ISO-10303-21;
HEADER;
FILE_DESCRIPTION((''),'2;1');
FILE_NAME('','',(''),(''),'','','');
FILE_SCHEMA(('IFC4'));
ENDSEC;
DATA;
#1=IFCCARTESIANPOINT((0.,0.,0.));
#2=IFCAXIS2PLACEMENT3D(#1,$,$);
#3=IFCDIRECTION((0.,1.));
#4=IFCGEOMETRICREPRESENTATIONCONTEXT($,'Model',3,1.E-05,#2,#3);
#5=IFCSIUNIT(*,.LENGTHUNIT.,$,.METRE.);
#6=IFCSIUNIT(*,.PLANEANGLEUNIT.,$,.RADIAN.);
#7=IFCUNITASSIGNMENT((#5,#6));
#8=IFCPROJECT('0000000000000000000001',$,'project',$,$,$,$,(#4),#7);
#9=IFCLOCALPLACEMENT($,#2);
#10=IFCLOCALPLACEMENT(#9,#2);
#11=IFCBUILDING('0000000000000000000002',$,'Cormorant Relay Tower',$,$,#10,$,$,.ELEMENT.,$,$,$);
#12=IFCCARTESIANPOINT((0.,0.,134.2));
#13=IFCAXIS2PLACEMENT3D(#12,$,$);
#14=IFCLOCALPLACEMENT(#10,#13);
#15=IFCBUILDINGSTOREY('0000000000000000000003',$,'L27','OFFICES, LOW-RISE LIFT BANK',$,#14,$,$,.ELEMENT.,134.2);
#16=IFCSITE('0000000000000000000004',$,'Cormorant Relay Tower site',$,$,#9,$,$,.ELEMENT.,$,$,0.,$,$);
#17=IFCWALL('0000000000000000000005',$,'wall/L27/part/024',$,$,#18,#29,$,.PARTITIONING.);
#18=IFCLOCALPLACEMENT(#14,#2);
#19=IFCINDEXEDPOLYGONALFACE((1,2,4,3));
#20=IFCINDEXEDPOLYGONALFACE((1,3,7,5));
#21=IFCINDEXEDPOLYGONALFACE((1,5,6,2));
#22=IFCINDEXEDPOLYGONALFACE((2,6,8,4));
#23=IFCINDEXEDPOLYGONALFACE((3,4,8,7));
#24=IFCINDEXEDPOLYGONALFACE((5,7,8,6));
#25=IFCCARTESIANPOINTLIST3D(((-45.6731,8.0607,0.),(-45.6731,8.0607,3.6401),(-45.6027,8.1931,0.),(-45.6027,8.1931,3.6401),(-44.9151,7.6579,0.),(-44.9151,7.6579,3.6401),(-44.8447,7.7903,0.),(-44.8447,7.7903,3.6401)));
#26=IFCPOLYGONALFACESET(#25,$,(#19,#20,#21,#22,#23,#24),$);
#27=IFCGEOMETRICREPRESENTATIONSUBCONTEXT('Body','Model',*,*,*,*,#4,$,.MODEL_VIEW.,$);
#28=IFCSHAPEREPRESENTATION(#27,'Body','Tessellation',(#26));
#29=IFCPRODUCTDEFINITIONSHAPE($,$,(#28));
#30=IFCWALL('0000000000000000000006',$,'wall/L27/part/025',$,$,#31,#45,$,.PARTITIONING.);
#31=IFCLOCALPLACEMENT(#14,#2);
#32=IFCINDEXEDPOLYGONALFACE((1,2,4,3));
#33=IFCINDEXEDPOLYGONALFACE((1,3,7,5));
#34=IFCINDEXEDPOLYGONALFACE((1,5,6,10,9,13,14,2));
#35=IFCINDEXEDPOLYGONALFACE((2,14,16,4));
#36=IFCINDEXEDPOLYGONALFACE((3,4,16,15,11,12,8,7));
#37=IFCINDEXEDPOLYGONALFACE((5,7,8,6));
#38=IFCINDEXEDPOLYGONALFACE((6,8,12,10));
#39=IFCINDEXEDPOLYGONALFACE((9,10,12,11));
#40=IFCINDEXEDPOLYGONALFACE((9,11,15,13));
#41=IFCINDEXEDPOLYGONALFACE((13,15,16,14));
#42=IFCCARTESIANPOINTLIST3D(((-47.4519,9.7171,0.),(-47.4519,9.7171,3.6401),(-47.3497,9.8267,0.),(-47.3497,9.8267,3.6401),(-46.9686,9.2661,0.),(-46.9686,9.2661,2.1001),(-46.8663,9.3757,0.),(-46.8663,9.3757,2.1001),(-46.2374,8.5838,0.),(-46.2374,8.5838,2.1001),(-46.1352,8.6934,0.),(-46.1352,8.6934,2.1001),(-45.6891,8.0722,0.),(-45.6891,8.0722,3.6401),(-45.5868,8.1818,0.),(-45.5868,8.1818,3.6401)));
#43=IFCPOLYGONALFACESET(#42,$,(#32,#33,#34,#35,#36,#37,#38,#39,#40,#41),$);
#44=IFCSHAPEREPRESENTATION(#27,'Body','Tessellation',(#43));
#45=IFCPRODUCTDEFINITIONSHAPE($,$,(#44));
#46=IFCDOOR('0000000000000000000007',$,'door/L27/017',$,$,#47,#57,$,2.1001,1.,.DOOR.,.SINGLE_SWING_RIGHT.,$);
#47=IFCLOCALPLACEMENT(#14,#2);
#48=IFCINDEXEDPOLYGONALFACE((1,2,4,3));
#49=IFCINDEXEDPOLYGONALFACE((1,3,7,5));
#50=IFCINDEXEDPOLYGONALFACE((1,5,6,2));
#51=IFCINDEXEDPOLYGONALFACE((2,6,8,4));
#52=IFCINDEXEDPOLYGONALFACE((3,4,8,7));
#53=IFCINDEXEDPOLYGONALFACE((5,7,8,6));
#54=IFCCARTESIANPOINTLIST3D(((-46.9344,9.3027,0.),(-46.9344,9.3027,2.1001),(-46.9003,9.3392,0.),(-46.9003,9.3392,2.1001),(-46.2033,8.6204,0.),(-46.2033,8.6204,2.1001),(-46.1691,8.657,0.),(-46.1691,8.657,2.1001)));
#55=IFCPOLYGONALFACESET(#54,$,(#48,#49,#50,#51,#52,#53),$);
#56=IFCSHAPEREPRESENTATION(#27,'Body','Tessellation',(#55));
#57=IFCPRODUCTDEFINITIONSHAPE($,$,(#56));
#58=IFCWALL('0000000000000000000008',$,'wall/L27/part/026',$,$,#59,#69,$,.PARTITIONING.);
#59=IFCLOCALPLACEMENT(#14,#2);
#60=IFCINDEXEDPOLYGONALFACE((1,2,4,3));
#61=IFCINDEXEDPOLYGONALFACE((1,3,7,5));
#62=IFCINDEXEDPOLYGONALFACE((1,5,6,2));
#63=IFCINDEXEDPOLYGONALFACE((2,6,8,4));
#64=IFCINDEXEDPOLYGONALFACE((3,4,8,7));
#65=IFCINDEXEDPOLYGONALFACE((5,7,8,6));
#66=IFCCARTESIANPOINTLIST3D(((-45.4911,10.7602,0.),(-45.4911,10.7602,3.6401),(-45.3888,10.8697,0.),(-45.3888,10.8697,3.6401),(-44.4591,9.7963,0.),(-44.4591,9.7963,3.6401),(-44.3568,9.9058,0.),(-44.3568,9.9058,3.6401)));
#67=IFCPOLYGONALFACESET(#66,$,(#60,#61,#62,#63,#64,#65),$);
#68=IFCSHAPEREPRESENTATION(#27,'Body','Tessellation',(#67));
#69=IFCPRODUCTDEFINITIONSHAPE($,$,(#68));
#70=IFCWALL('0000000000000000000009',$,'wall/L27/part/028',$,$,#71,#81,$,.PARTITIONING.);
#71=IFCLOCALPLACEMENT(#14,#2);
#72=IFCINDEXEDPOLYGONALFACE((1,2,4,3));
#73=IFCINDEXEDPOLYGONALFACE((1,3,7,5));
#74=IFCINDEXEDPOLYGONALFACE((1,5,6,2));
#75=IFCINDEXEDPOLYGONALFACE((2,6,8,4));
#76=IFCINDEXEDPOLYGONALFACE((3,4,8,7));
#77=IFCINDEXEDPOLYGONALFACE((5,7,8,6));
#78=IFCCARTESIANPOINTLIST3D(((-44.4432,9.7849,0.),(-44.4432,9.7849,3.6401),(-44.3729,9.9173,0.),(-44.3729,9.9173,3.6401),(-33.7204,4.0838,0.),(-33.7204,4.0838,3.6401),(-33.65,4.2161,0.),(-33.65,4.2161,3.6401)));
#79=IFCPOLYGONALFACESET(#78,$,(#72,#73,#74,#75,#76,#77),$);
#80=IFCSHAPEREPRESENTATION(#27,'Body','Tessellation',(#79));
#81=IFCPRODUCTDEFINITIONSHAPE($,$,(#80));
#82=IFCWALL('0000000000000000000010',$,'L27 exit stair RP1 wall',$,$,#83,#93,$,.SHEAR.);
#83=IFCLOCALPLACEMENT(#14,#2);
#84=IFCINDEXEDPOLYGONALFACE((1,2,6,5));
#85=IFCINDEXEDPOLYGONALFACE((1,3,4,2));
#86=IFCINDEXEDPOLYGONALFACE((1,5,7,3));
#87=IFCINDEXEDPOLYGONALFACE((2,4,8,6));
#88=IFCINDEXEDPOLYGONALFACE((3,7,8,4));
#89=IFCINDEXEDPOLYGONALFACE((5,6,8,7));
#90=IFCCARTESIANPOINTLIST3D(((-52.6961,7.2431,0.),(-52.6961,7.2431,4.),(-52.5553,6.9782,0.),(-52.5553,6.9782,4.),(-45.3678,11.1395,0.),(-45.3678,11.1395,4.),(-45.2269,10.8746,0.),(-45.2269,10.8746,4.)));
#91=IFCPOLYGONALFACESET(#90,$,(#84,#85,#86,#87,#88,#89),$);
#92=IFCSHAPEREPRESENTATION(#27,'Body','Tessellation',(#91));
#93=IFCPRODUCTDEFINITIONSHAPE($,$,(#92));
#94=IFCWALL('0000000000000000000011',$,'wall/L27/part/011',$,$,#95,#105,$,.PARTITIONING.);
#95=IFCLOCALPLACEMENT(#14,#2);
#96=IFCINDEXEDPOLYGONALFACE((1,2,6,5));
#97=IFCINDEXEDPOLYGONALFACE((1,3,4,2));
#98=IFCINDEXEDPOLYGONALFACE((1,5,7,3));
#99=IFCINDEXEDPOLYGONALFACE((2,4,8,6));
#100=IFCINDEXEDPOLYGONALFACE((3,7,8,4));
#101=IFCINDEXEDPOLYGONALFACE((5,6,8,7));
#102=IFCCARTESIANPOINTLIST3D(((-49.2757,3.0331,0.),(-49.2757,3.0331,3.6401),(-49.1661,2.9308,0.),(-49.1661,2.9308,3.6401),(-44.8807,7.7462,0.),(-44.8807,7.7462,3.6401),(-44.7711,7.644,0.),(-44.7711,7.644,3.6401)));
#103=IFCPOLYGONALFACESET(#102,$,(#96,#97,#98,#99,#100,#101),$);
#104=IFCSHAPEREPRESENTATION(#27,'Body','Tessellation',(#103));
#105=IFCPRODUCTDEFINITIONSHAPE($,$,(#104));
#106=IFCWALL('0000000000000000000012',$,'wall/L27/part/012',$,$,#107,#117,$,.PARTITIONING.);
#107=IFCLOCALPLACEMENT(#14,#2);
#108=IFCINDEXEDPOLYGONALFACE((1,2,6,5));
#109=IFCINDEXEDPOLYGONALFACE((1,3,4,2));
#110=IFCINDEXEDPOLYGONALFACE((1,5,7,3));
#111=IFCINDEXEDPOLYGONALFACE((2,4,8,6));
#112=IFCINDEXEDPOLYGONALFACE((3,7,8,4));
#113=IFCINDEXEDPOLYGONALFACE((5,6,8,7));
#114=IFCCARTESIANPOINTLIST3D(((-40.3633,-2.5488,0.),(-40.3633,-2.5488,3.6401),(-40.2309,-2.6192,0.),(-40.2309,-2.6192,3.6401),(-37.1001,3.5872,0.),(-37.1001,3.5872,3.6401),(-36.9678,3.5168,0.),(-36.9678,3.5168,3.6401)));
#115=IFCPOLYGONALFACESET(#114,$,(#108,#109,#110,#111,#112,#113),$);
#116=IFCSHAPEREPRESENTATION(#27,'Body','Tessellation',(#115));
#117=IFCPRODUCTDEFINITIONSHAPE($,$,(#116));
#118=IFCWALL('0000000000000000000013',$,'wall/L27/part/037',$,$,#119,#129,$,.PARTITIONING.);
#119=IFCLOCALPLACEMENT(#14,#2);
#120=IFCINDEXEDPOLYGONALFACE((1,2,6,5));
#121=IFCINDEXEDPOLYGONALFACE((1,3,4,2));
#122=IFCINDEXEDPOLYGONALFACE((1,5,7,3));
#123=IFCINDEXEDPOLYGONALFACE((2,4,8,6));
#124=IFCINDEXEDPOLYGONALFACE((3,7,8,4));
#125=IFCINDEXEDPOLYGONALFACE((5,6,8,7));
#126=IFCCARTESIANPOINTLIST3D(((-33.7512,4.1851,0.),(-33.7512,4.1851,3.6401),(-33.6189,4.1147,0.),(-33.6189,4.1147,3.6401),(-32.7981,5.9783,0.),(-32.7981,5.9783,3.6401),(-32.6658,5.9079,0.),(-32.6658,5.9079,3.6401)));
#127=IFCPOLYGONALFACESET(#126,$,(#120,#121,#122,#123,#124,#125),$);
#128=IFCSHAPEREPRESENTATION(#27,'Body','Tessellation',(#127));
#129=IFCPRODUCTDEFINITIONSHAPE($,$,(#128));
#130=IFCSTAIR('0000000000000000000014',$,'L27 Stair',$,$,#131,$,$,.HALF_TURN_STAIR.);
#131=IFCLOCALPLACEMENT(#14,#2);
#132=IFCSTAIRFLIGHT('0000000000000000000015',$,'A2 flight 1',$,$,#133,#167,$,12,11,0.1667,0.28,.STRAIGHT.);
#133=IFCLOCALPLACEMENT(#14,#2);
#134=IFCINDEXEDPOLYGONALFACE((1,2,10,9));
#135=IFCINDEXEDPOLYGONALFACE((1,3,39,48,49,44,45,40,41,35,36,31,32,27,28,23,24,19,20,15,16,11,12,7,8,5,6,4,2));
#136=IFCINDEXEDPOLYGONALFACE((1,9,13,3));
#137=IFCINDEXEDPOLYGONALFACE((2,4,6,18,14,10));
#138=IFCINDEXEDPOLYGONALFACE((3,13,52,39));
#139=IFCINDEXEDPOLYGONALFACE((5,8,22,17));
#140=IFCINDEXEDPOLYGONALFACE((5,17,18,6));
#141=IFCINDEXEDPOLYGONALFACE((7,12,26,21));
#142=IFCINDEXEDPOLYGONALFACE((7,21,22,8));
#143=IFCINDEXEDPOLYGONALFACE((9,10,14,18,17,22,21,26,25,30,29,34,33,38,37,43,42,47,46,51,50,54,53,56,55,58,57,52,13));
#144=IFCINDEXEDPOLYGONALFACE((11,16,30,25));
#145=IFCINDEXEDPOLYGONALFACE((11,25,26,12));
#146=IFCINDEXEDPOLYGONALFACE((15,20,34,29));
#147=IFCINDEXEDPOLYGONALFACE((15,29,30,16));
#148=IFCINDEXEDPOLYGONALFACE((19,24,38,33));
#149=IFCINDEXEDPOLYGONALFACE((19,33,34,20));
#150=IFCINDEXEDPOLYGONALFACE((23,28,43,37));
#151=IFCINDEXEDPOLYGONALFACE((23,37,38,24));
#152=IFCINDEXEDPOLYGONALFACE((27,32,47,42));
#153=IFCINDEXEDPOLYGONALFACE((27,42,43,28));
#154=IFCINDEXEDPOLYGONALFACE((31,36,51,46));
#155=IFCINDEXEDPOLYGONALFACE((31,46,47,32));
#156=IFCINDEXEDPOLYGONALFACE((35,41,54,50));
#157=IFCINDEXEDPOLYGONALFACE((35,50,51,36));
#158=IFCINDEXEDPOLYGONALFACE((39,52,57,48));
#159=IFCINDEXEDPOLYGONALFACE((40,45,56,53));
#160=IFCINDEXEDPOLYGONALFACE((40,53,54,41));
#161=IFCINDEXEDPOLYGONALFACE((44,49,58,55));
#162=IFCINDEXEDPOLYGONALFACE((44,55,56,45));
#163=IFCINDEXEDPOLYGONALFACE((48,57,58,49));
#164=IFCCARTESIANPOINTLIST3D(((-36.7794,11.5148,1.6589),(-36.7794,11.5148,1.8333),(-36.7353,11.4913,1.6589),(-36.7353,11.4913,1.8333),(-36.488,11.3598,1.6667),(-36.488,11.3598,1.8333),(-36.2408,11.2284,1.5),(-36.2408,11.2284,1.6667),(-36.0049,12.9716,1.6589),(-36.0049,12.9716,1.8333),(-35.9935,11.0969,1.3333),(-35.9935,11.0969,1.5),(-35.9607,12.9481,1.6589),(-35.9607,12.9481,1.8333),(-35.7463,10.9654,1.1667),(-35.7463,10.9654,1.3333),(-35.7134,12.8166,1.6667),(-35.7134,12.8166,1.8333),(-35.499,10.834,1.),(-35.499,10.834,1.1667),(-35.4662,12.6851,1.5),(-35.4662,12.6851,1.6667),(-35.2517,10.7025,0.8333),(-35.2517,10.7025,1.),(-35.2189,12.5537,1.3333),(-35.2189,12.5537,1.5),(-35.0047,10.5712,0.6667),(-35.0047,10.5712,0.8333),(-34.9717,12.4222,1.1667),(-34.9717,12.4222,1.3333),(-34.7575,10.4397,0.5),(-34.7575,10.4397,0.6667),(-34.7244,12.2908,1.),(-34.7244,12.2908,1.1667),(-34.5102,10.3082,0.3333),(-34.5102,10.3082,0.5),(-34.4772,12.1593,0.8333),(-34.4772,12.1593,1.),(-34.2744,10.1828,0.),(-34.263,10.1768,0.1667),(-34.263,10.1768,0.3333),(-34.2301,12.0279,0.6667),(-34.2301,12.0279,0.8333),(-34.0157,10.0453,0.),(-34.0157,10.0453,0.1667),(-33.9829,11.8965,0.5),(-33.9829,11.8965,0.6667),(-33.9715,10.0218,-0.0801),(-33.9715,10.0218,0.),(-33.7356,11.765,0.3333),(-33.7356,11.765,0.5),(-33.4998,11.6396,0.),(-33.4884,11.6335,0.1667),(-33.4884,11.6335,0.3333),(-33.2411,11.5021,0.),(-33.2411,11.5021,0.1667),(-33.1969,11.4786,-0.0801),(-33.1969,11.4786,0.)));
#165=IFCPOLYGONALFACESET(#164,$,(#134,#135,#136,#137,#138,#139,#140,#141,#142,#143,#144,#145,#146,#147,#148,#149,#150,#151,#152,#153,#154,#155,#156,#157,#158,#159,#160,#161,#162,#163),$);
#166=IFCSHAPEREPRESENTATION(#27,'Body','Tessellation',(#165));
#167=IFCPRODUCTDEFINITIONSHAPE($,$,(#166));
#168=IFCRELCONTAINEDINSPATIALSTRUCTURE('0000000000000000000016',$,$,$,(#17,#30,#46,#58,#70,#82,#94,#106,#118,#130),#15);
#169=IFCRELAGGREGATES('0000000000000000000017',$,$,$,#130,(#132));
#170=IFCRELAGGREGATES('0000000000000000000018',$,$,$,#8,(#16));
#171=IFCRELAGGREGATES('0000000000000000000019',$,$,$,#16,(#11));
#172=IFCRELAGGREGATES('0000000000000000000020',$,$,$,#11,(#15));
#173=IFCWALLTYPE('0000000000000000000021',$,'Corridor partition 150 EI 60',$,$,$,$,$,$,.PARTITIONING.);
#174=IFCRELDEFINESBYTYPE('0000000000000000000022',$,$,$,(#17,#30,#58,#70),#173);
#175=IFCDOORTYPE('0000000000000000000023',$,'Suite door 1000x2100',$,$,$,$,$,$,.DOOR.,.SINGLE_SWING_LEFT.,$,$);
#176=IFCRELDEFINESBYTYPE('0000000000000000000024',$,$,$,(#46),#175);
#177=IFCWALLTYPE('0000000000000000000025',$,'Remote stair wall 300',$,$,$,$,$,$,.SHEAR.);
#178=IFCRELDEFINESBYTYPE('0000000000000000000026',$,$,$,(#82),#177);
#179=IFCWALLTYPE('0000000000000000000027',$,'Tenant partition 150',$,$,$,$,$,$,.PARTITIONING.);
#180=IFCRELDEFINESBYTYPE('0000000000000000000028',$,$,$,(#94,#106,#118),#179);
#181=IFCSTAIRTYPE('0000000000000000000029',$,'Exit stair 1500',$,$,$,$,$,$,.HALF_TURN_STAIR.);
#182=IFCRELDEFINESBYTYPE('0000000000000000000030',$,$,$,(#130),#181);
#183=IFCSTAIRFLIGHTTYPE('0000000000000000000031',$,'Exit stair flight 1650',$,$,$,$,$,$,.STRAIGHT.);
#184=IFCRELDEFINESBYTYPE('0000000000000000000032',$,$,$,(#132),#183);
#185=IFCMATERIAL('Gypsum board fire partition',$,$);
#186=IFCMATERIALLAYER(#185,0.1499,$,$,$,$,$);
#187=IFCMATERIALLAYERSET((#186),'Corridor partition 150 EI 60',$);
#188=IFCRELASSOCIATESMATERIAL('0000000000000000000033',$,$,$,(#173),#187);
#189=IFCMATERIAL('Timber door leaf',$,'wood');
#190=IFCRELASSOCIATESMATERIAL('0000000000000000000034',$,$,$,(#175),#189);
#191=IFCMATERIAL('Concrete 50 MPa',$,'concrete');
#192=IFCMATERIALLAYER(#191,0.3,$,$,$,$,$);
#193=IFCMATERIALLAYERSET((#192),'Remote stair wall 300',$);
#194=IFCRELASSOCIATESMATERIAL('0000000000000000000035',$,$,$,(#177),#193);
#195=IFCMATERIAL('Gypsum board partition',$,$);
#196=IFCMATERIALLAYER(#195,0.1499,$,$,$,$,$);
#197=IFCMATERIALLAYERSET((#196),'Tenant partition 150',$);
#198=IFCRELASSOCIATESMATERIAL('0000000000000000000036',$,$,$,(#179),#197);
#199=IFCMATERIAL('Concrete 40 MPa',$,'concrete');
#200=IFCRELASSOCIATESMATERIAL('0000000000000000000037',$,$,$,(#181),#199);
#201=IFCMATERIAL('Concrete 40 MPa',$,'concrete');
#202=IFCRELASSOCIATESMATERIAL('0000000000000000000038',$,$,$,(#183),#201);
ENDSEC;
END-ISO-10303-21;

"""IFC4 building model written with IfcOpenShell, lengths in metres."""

from ifc_helpers import new_model, si_unit, direction, frame, frame_2d, origin, place, context, subcontext, project, spatial, polyline, rectangle, outline, extrude, material, layer, layer_set, type_object, element, fill, aggregate, save


model = new_model("IFC4")

# Units and contexts
model_context = context("Model", 3, precision=1e-05, world=origin(), true_north=direction((0.0, 1.0)))
body_context = subcontext(model_context, "Body", "Model", "MODEL_VIEW")
ifc_project = project(units=[si_unit("LENGTHUNIT", "METRE"), si_unit("PLANEANGLEUNIT", "RADIAN")], contexts=[model_context])

# Site, building, storey
site_placement = place(None, origin())
site = spatial("IfcSite", under=ifc_project, at=site_placement, Name="Cormorant Relay Tower site", CompositionType="ELEMENT", RefElevation=0.0)
building_placement = place(site_placement, origin())
building = spatial("IfcBuilding", under=site, at=building_placement, Name="Cormorant Relay Tower", CompositionType="ELEMENT")
storey_placement = place(building_placement, frame((0.0, 0.0, 134.2)))
storey = spatial("IfcBuildingStorey", under=building, at=storey_placement, Name="L27", Description="OFFICES, LOW-RISE LIFT BANK", CompositionType="ELEMENT", Elevation=134.2)

# Wall
ifc_material_1 = material(Name="Gypsum board fire partition")
ifc_layer_1 = layer(ifc_material_1, 0.1499)
ifc_layer_set_1 = layer_set([ifc_layer_1], Name="Corridor partition 150 EI 60")
wall_type_1 = type_object("IfcWallType", Name="Corridor partition 150 EI 60", PredefinedType="PARTITIONING", material=ifc_layer_set_1)
wall_1_placement = place(storey_placement, frame((-44.8799, 7.7241, 0.0), z_axis=(0.0, 0.0, 1.0), x_axis=(-0.88306, 0.469259, 0.0)))
element("IfcWall", 1, at=wall_1_placement, inside=storey, type_object=wall_type_1, Name="wall/L27/part/024", PredefinedType="PARTITIONING", context=body_context, shape_type="SweptSolid", body=[
    extrude(rectangle(XDim=0.8584, YDim=0.1499, at=frame_2d((0.4292, 0.0))), origin(), (0.0, 0.0, 1.0), 3.6401),
])

# Wall, opening, door
wall_2_placement = place(storey_placement, frame((-45.6379, 8.127, 0.0), z_axis=(0.0, 0.0, 1.0), x_axis=(-0.731136, 0.682232, 0.0)))
wall_2 = element("IfcWall", 2, at=wall_2_placement, inside=storey, type_object=wall_type_1, Name="wall/L27/part/025", PredefinedType="PARTITIONING", context=body_context, shape_type="SweptSolid", body=[
    extrude(rectangle(XDim=2.4111, YDim=0.1499, at=frame_2d((1.2056, 0.0))), origin(), (0.0, 0.0, 1.0), 3.6401),
])
opening_placement = place(wall_2_placement, frame((0.75, 0.0, 0.0)))
opening = element("IfcOpeningElement", 3, at=opening_placement, cuts=wall_2, PredefinedType="OPENING", context=body_context, shape_type="SweptSolid", body=[
    extrude(rectangle(XDim=1.0, YDim=2.1001, at=frame_2d((0.5, 1.05))), frame((0.0, 0.085, 0.0), z_axis=(0.0, -1.0, 0.0), x_axis=(1.0, 0.0, 0.0)), (0.0, 0.0, 1.0), 0.1699),
])
ifc_material_2 = material(Name="Timber door leaf", Category="wood")
door_type = type_object("IfcDoorType", Name="Suite door 1000x2100", OperationType="SINGLE_SWING_LEFT", PredefinedType="DOOR", material=ifc_material_2)
door_placement = place(opening_placement, origin())
door = element("IfcDoor", 4, at=door_placement, inside=storey, type_object=door_type, Name="door/L27/017", OperationType="SINGLE_SWING_RIGHT", OverallHeight=2.1001, OverallWidth=1.0, PredefinedType="DOOR", context=body_context, shape_type="SweptSolid", body=[
    extrude(rectangle(XDim=1.0, YDim=2.1001, at=frame_2d((0.5, 1.05))), frame((0.0, 0.0249, 0.0), z_axis=(0.0, -1.0, 0.0), x_axis=(1.0, 0.0, 0.0)), (0.0, 0.0, 1.0), 0.05),
])
fill(opening, door)

# Walls
wall_3_placement = place(storey_placement, frame((-44.408, 9.8511, 0.0), z_axis=(0.0, 0.0, 1.0), x_axis=(-0.730814, 0.682577, 0.0)))
element("IfcWall", 5, at=wall_3_placement, inside=storey, type_object=wall_type_1, Name="wall/L27/part/026", PredefinedType="PARTITIONING", context=body_context, shape_type="SweptSolid", body=[
    extrude(rectangle(XDim=1.4121, YDim=0.1499, at=frame_2d((0.7061, 0.0))), origin(), (0.0, 0.0, 1.0), 3.6401),
])
wall_4_placement = place(storey_placement, frame((-33.6851, 4.1499, 0.0), z_axis=(0.0, 0.0, 1.0), x_axis=(-0.882958, 0.469453, 0.0)))
element("IfcWall", 6, at=wall_4_placement, inside=storey, type_object=wall_type_1, Name="wall/L27/part/028", PredefinedType="PARTITIONING", context=body_context, shape_type="SweptSolid", body=[
    extrude(rectangle(XDim=12.1443, YDim=0.1499, at=frame_2d((6.0723, 0.0))), origin(), (0.0, 0.0, 1.0), 3.6401),
])
ifc_material_3 = material(Name="Concrete 50 MPa", Category="concrete")
ifc_layer_2 = layer(ifc_material_3, 0.3)
ifc_layer_set_2 = layer_set([ifc_layer_2], Name="Remote stair wall 300")
wall_type_2 = type_object("IfcWallType", Name="Remote stair wall 300", PredefinedType="SHEAR", material=ifc_layer_set_2)
wall_5_placement = place(storey_placement, frame((-45.2974, 11.0071, 0.0), z_axis=(0.0, 0.0, 1.0), x_axis=(-0.882952, -0.469464, 0.0)))
element("IfcWall", 7, at=wall_5_placement, inside=storey, type_object=wall_type_2, Name="L27 exit stair RP1 wall", PredefinedType="SHEAR", context=body_context, shape_type="SweptSolid", body=[
    extrude(rectangle(XDim=8.2998, YDim=0.3, at=frame_2d((4.1499, 0.0))), origin(), (0.0, 0.0, 1.0), 4.0),
])
ifc_material_4 = material(Name="Gypsum board partition")
ifc_layer_3 = layer(ifc_material_4, 0.1499)
ifc_layer_set_3 = layer_set([ifc_layer_3], Name="Tenant partition 150")
wall_type_3 = type_object("IfcWallType", Name="Tenant partition 150", PredefinedType="PARTITIONING", material=ifc_layer_set_3)
wall_6_placement = place(storey_placement, frame((-44.8259, 7.6951, 0.0), z_axis=(0.0, 0.0, 1.0), x_axis=(-0.681994, -0.731358, 0.0)))
element("IfcWall", 8, at=wall_6_placement, inside=storey, type_object=wall_type_3, Name="wall/L27/part/011", PredefinedType="PARTITIONING", context=body_context, shape_type="SweptSolid", body=[
    extrude(rectangle(XDim=6.4443, YDim=0.1499, at=frame_2d((3.2222, 0.0))), origin(), (0.0, 0.0, 1.0), 3.6401),
])
wall_7_placement = place(storey_placement, frame((-37.0339, 3.552, 0.0), z_axis=(0.0, 0.0, 1.0), x_axis=(-0.469541, -0.882911, 0.0)))
element("IfcWall", 9, at=wall_7_placement, inside=storey, type_object=wall_type_3, Name="wall/L27/part/012", PredefinedType="PARTITIONING", context=body_context, shape_type="SweptSolid", body=[
    extrude(rectangle(XDim=6.9497, YDim=0.1499, at=frame_2d((3.4749, 0.0))), origin(), (0.0, 0.0, 1.0), 3.6401),
])
wall_8_placement = place(storey_placement, frame((-32.7319, 5.9431, 0.0), z_axis=(0.0, 0.0, 1.0), x_axis=(-0.46934, -0.883018, 0.0)))
element("IfcWall", 10, at=wall_8_placement, inside=storey, type_object=wall_type_3, Name="wall/L27/part/037", PredefinedType="PARTITIONING", context=body_context, shape_type="SweptSolid", body=[
    extrude(rectangle(XDim=2.0308, YDim=0.1499, at=frame_2d((1.0154, 0.0))), origin(), (0.0, 0.0, 1.0), 3.6401),
])

# Stair, stair flight
ifc_material_5 = material(Name="Concrete 40 MPa", Category="concrete")
stair_type = type_object("IfcStairType", Name="Exit stair 1500", PredefinedType="HALF_TURN_STAIR", material=ifc_material_5)
stair_placement = place(storey_placement, origin())
stair = element("IfcStair", 11, at=stair_placement, inside=storey, type_object=stair_type, Name="L27 Stair", PredefinedType="HALF_TURN_STAIR")
ifc_material_6 = material(Name="Concrete 40 MPa", Category="concrete")
stair_flight_type = type_object("IfcStairFlightType", Name="Exit stair flight 1650", PredefinedType="STRAIGHT", material=ifc_material_6)
stair_flight_1_placement = place(storey_placement, frame((-33.6284, 10.7737, 0.0), z_axis=(0.0, 0.0, 1.0), x_axis=(-0.882948, 0.469472, 0.0)))
stair_flight_1 = element("IfcStairFlight", 12, at=stair_flight_1_placement, type_object=stair_flight_type, Name="A2 flight 1", NumberOfRisers=12, NumberOfTreads=11, PredefinedType="STRAIGHT", RiserHeight=0.1667, TreadLength=0.28, context=body_context, shape_type="SweptSolid", body=[
    extrude(outline(polyline([(-0.05, -0.0801), (-0.05, 0.0), (0.0, 0.0), (0.0, 0.1667), (0.28, 0.1667), (0.28, 0.3333), (0.5601, 0.3333), (0.5601, 0.5), (0.8401, 0.5), (0.8401, 0.6667), (1.1201, 0.6667), (1.1201, 0.8333), (1.3999, 0.8333), (1.3999, 1.0), (1.6799, 1.0), (1.6799, 1.1667), (1.96, 1.1667), (1.96, 1.3333), (2.24, 1.3333), (2.24, 1.5), (2.52, 1.5), (2.52, 1.6667), (2.8, 1.6667), (2.8, 1.8333), (3.0801, 1.8333), (3.1301, 1.8333), (3.1301, 1.6589), (3.0801, 1.6589), (0.293, 0.0), (-0.05, -0.0801)])), frame((0.0, 0.825, 0.0), z_axis=(0.0, -1.0, 0.0), x_axis=(1.0, 0.0, 0.0)), (0.0, 0.0, 1.0), 1.6499),
])
aggregate(stair, [stair_flight_1])

save(model, "model.ifc")
